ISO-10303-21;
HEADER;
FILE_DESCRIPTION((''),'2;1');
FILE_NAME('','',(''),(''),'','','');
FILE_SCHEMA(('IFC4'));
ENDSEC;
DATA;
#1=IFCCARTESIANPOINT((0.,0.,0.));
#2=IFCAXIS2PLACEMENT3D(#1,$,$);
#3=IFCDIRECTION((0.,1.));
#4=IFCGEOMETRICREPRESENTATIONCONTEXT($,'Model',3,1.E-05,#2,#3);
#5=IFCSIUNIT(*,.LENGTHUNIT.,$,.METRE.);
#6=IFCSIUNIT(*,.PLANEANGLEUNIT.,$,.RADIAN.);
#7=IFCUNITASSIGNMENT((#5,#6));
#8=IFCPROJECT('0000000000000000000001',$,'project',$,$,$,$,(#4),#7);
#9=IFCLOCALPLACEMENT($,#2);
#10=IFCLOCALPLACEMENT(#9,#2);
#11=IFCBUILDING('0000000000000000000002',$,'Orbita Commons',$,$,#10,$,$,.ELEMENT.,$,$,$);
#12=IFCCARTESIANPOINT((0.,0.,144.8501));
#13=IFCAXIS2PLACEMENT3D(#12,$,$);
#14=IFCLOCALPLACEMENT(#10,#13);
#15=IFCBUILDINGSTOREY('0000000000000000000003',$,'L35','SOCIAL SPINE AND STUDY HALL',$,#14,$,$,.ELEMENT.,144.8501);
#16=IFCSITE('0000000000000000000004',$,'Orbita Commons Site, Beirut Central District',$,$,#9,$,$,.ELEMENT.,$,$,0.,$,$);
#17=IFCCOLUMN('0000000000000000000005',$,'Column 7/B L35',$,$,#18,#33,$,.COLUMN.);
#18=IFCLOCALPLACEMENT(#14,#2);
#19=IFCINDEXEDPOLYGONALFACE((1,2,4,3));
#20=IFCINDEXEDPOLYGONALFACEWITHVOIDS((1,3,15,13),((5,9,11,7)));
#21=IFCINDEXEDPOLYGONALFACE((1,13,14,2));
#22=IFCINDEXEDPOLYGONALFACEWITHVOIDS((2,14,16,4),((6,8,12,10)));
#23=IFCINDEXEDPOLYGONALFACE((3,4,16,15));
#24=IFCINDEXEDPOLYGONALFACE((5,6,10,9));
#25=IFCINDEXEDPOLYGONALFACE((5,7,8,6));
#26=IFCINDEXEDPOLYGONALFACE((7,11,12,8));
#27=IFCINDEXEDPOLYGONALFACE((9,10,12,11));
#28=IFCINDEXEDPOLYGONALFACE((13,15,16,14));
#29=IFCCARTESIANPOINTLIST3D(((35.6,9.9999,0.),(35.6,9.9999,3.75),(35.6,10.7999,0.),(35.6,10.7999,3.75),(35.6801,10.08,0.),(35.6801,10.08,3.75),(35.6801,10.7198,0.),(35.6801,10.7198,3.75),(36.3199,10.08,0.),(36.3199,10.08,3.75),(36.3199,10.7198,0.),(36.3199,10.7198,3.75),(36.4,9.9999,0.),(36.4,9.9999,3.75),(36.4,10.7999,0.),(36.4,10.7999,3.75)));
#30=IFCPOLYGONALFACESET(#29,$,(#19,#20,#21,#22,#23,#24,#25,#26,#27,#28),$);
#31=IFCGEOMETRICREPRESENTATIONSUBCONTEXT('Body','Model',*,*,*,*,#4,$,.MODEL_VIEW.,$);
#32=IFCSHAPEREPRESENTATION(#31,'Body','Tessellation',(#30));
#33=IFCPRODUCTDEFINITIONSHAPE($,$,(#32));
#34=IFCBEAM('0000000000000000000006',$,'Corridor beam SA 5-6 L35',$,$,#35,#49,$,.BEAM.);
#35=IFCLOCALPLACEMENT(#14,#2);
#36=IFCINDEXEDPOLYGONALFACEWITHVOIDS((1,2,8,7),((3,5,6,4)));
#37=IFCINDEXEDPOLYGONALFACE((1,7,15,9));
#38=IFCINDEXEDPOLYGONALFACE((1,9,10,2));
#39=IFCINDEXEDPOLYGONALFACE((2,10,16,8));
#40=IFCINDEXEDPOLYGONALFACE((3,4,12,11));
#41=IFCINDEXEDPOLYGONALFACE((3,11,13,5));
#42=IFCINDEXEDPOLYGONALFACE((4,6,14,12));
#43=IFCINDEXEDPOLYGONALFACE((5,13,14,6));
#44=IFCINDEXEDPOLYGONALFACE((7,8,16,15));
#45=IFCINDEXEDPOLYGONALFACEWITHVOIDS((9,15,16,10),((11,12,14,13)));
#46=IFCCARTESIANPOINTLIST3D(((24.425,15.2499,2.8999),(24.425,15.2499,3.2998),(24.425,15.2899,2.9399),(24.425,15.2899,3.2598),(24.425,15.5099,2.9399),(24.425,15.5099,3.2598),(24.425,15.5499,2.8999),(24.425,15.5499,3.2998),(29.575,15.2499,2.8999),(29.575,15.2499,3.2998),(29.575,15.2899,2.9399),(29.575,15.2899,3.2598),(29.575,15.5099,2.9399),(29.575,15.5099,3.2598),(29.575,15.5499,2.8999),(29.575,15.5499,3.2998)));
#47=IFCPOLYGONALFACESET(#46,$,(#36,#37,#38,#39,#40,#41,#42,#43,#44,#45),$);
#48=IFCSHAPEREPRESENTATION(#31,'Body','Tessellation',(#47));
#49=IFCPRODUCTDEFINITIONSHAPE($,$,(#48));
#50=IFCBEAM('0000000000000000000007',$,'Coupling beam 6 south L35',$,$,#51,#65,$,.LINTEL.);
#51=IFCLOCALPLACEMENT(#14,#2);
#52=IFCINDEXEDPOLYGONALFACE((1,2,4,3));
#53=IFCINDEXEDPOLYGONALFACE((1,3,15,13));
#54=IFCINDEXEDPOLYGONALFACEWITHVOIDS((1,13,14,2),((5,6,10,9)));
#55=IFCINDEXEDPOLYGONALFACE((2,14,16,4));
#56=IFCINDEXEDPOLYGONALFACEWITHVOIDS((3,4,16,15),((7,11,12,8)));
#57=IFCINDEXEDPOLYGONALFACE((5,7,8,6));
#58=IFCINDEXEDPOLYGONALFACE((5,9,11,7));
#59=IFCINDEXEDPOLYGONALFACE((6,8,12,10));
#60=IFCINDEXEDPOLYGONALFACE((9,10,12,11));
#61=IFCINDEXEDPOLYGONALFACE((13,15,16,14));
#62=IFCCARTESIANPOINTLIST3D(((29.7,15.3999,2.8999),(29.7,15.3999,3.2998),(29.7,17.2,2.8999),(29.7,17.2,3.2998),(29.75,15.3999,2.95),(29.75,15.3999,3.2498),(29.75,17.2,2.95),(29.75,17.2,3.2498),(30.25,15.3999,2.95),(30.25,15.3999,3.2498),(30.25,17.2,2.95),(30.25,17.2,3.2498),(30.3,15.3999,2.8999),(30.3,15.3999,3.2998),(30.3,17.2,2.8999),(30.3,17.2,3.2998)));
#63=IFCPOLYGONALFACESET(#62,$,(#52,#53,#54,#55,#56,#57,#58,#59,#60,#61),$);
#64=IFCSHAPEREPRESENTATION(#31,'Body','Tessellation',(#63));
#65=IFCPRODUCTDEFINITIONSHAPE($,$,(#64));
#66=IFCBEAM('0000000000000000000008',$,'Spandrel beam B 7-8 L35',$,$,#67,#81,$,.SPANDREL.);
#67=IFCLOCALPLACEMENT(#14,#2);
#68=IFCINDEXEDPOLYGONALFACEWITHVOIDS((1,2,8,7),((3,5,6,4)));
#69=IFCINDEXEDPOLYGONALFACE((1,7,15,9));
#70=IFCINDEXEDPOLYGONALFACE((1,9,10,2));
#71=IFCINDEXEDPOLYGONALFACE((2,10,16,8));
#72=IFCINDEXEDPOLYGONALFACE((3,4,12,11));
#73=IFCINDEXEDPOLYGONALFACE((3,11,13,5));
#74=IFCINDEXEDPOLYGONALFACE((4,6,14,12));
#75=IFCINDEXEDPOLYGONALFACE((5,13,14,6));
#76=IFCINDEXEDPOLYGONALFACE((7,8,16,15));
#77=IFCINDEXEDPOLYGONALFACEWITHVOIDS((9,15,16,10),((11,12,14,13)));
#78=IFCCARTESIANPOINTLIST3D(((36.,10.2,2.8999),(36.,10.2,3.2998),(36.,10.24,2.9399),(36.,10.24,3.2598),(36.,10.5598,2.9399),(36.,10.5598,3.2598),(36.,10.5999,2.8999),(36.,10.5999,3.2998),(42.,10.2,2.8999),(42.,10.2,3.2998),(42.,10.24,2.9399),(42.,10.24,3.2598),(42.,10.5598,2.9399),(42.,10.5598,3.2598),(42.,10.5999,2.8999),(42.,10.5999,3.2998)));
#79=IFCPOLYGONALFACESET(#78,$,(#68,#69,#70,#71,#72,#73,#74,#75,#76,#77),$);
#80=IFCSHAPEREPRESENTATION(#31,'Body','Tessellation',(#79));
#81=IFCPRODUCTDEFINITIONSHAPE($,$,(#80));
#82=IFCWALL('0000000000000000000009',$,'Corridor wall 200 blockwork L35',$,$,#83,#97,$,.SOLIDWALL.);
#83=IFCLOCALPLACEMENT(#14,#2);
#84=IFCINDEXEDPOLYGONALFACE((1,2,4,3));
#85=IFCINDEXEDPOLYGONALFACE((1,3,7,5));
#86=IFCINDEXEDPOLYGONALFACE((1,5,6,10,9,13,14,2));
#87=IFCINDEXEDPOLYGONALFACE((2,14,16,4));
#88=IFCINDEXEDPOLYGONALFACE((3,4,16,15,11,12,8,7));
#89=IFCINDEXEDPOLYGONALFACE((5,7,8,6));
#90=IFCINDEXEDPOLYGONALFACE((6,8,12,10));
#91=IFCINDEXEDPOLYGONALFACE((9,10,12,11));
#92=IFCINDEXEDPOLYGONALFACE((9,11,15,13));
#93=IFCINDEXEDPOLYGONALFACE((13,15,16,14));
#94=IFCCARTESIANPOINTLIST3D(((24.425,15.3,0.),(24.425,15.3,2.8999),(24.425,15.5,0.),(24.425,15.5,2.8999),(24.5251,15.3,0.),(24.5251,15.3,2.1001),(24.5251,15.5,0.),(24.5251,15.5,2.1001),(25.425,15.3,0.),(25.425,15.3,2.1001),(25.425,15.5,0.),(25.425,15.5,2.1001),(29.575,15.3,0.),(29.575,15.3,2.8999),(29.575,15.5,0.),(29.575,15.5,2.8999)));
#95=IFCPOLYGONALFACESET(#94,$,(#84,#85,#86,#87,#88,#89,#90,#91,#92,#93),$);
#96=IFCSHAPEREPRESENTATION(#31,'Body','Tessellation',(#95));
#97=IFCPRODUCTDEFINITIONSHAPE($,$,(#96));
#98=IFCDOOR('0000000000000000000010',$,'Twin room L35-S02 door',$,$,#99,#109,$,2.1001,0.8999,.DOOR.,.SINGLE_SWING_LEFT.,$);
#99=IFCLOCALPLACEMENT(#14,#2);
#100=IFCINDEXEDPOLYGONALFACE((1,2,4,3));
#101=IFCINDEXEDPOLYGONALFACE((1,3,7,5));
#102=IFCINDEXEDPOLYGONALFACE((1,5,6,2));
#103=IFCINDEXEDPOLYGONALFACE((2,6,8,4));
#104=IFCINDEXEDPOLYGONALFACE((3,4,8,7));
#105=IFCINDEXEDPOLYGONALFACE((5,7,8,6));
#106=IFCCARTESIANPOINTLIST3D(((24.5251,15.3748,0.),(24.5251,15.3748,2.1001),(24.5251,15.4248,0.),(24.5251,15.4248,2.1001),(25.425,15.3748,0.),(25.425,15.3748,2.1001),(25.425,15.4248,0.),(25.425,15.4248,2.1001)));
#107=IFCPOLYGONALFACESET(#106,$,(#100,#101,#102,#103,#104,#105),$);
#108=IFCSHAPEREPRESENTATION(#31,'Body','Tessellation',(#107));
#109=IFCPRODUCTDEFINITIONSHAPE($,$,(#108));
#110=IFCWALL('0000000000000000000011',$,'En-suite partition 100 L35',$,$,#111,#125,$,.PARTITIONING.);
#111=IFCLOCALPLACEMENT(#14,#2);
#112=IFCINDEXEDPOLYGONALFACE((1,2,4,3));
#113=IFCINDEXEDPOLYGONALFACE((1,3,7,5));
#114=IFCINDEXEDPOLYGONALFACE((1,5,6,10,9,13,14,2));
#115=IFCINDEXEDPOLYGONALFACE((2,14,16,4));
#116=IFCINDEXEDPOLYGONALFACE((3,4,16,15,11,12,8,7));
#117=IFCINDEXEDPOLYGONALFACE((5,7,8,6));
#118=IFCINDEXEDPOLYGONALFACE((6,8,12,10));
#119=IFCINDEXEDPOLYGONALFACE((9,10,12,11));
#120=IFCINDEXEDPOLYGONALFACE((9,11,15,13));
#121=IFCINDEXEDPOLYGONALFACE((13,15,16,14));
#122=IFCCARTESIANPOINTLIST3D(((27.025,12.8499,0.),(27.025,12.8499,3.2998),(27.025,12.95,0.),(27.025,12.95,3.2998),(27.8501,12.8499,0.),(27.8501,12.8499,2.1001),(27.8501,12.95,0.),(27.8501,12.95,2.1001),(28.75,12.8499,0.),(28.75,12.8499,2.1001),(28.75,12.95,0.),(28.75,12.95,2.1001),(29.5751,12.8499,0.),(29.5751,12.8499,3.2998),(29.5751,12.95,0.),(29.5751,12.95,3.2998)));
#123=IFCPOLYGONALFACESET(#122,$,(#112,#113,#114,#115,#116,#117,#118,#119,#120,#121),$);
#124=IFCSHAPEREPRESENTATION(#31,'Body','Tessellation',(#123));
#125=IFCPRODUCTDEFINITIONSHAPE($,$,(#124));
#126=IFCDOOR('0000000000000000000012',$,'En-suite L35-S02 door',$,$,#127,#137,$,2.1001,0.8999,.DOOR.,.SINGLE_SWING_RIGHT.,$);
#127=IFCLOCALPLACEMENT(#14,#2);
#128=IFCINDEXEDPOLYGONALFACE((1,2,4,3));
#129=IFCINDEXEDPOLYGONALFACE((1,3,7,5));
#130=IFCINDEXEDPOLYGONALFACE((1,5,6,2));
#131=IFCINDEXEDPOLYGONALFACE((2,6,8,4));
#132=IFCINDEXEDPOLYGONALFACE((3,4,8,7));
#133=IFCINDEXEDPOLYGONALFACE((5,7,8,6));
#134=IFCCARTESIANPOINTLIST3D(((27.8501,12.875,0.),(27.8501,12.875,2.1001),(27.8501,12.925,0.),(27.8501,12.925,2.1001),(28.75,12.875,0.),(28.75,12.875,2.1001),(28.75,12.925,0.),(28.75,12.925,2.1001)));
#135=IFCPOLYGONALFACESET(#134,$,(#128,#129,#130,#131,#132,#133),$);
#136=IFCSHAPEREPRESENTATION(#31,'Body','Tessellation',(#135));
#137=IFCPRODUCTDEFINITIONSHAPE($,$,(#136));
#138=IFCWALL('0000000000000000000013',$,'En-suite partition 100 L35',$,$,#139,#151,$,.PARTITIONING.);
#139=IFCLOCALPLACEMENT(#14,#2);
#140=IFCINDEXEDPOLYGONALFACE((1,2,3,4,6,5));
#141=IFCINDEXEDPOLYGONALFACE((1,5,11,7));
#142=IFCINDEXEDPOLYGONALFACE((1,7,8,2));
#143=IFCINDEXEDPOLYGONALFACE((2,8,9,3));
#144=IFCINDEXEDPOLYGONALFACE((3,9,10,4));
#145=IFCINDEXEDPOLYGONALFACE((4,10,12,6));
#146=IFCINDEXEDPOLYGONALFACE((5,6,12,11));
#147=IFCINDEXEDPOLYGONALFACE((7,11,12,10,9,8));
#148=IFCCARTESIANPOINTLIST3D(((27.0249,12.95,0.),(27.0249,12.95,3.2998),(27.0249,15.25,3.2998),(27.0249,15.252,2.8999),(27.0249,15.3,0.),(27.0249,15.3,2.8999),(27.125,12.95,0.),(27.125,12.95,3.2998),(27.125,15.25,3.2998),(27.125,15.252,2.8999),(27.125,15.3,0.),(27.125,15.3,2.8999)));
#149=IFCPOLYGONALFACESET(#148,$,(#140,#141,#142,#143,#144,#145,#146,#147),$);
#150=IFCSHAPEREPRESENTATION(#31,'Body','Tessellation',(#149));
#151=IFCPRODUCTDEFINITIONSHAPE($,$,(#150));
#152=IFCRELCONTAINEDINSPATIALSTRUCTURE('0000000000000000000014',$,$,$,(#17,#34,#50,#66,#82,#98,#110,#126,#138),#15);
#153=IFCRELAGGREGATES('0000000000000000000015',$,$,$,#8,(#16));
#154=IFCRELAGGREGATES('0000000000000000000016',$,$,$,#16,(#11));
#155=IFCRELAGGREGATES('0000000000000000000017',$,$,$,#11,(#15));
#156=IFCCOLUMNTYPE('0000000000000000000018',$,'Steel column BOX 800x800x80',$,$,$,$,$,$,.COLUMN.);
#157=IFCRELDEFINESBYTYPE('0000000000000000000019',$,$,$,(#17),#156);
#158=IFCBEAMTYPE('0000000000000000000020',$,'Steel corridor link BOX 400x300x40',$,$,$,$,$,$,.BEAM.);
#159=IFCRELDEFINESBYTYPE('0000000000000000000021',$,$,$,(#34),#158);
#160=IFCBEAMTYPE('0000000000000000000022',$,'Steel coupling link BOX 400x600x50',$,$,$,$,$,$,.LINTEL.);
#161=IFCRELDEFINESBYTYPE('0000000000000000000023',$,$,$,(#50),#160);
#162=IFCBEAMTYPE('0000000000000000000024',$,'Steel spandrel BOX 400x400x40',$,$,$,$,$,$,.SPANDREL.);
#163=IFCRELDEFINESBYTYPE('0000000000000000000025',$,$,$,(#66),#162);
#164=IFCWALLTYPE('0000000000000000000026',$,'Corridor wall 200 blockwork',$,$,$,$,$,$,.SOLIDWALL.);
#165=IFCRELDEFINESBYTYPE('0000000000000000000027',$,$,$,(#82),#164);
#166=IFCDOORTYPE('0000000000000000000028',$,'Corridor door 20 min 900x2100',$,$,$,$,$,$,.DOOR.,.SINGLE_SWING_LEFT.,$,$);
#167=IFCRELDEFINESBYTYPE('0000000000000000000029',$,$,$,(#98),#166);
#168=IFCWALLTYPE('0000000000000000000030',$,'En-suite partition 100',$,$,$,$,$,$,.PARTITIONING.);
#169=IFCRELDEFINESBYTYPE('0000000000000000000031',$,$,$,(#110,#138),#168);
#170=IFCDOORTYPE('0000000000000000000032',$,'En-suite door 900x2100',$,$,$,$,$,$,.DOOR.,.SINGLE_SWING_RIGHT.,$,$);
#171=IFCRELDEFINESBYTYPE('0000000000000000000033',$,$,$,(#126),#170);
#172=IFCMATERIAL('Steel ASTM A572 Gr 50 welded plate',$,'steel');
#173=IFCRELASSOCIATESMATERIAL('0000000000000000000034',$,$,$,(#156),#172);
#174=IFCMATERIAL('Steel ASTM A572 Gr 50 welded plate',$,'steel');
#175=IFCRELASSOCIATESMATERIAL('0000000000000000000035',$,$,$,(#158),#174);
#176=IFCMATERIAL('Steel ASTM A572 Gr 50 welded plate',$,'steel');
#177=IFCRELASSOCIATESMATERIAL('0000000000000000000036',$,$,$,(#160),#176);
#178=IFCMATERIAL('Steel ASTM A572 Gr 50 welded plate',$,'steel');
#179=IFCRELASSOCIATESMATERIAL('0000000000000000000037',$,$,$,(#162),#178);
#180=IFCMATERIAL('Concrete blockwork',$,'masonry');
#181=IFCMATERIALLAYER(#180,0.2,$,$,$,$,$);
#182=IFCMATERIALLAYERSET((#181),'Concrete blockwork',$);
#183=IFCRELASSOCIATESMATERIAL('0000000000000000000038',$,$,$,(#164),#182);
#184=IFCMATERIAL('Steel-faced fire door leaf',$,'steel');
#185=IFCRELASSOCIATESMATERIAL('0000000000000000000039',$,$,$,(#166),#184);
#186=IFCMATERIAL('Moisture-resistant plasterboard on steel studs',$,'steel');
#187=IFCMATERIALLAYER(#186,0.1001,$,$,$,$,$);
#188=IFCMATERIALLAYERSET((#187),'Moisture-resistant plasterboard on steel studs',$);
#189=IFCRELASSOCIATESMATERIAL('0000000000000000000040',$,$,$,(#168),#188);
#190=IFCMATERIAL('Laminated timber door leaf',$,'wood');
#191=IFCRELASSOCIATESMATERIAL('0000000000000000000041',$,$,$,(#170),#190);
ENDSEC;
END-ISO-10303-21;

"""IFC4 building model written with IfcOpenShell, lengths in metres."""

from ifc_helpers import new_model, si_unit, direction, frame, frame_2d, origin, origin_2d, place, context, subcontext, project, spatial, polyline, rectangle, hollow_rectangle, outline, extrude, material, layer, layer_set, material_profile, profile_set, type_object, element, fill, save


model = new_model("IFC4")

# Units and contexts
model_context = context("Model", 3, precision=1e-05, world=origin(), true_north=direction((0.0, 1.0)))
body_context = subcontext(model_context, "Body", "Model", "MODEL_VIEW")
ifc_project = project(units=[si_unit("LENGTHUNIT", "METRE"), si_unit("PLANEANGLEUNIT", "RADIAN")], contexts=[model_context])

# Site, building, storey
site_placement = place(None, origin())
site = spatial("IfcSite", under=ifc_project, at=site_placement, Name="Orbita Commons Site, Beirut Central District", CompositionType="ELEMENT", RefElevation=0.0)
building_placement = place(site_placement, origin())
building = spatial("IfcBuilding", under=site, at=building_placement, Name="Orbita Commons", CompositionType="ELEMENT")
storey_placement = place(building_placement, frame((0.0, 0.0, 144.8501)))
storey = spatial("IfcBuildingStorey", under=building, at=storey_placement, Name="L35", Description="SOCIAL SPINE AND STUDY HALL", CompositionType="ELEMENT", Elevation=144.8501)

# Column
ifc_material_1 = material(Name="Steel ASTM A572 Gr 50 welded plate", Category="steel")
ifc_material_profile_1 = material_profile(ifc_material_1, hollow_rectangle(XDim=0.8, YDim=0.8, WallThickness=0.0801, at=origin_2d()), Name="BOX 800x800x80")
ifc_profile_set_1 = profile_set([ifc_material_profile_1], Name="Steel ASTM A572 Gr 50 welded plate")
column_type = type_object("IfcColumnType", Name="Steel column BOX 800x800x80", PredefinedType="COLUMN", material=ifc_profile_set_1)
column_placement = place(storey_placement, frame((36.0, 10.3999, 0.0), z_axis=(0.0, 0.0, 1.0), x_axis=(1.0, 0.0, 0.0)))
element("IfcColumn", 1, at=column_placement, inside=storey, type_object=column_type, Name="Column 7/B L35", PredefinedType="COLUMN", context=body_context, shape_type="SweptSolid", body=[
    extrude(hollow_rectangle(XDim=0.8, YDim=0.8, WallThickness=0.0801, at=origin_2d()), origin(), (0.0, 0.0, 1.0), 3.75),
])

# Beams
ifc_material_2 = material(Name="Steel ASTM A572 Gr 50 welded plate", Category="steel")
ifc_material_profile_2 = material_profile(ifc_material_2, hollow_rectangle(XDim=0.3, YDim=0.3999, WallThickness=0.04, at=origin_2d()), Name="BOX 400x300x40")
ifc_profile_set_2 = profile_set([ifc_material_profile_2], Name="Steel ASTM A572 Gr 50 welded plate")
beam_type_1 = type_object("IfcBeamType", Name="Steel corridor link BOX 400x300x40", PredefinedType="BEAM", material=ifc_profile_set_2)
beam_1_placement = place(storey_placement, frame((24.425, 15.3999, 3.0999), z_axis=(1.0, 0.0, 0.0), x_axis=(0.0, 1.0, 0.0)))
element("IfcBeam", 2, at=beam_1_placement, inside=storey, type_object=beam_type_1, Name="Corridor beam SA 5-6 L35", PredefinedType="BEAM", context=body_context, shape_type="SweptSolid", body=[
    extrude(hollow_rectangle(XDim=0.3, YDim=0.3999, WallThickness=0.04, at=origin_2d()), origin(), (0.0, 0.0, 1.0), 5.1499),
])
ifc_material_3 = material(Name="Steel ASTM A572 Gr 50 welded plate", Category="steel")
ifc_material_profile_3 = material_profile(ifc_material_3, hollow_rectangle(XDim=0.6001, YDim=0.3999, WallThickness=0.05, at=origin_2d()), Name="BOX 400x600x50")
ifc_profile_set_3 = profile_set([ifc_material_profile_3], Name="Steel ASTM A572 Gr 50 welded plate")
beam_type_2 = type_object("IfcBeamType", Name="Steel coupling link BOX 400x600x50", PredefinedType="LINTEL", material=ifc_profile_set_3)
beam_2_placement = place(storey_placement, frame((30.0, 15.3999, 3.0999), z_axis=(0.0, 1.0, 0.0), x_axis=(-1.0, 0.0, 0.0)))
element("IfcBeam", 3, at=beam_2_placement, inside=storey, type_object=beam_type_2, Name="Coupling beam 6 south L35", PredefinedType="LINTEL", context=body_context, shape_type="SweptSolid", body=[
    extrude(hollow_rectangle(XDim=0.6001, YDim=0.3999, WallThickness=0.05, at=origin_2d()), origin(), (0.0, 0.0, 1.0), 1.8),
])
ifc_material_4 = material(Name="Steel ASTM A572 Gr 50 welded plate", Category="steel")
ifc_material_profile_4 = material_profile(ifc_material_4, hollow_rectangle(XDim=0.3999, YDim=0.3999, WallThickness=0.04, at=origin_2d()), Name="BOX 400x400x40")
ifc_profile_set_4 = profile_set([ifc_material_profile_4], Name="Steel ASTM A572 Gr 50 welded plate")
beam_type_3 = type_object("IfcBeamType", Name="Steel spandrel BOX 400x400x40", PredefinedType="SPANDREL", material=ifc_profile_set_4)
beam_3_placement = place(storey_placement, frame((36.0, 10.3999, 3.0999), z_axis=(1.0, 0.0, 0.0), x_axis=(0.0, 1.0, 0.0)))
element("IfcBeam", 4, at=beam_3_placement, inside=storey, type_object=beam_type_3, Name="Spandrel beam B 7-8 L35", PredefinedType="SPANDREL", context=body_context, shape_type="SweptSolid", body=[
    extrude(hollow_rectangle(XDim=0.3999, YDim=0.3999, WallThickness=0.04, at=origin_2d()), origin(), (0.0, 0.0, 1.0), 6.0),
])

# Walls, openings, doors
ifc_material_5 = material(Name="Concrete blockwork", Category="masonry")
ifc_layer_1 = layer(ifc_material_5, 0.2)
ifc_layer_set_1 = layer_set([ifc_layer_1], Name="Concrete blockwork")
wall_type_1 = type_object("IfcWallType", Name="Corridor wall 200 blockwork", PredefinedType="SOLIDWALL", material=ifc_layer_set_1)
wall_1_placement = place(storey_placement, frame((24.425, 15.3999, 0.0), z_axis=(0.0, 0.0, 1.0), x_axis=(1.0, 0.0, 0.0)))
wall_1 = element("IfcWall", 5, at=wall_1_placement, inside=storey, type_object=wall_type_1, Name="Corridor wall 200 blockwork L35", PredefinedType="SOLIDWALL", context=body_context, shape_type="SweptSolid", body=[
    extrude(outline(polyline([(0.0, 0.0), (5.1499, 0.0), (5.1499, 2.8999), (0.0, 2.8999), (0.0, 0.0)])), frame((0.0, 0.1001, 0.0), z_axis=(0.0, -1.0, 0.0), x_axis=(1.0, 0.0, 0.0)), (0.0, 0.0, 1.0), 0.2),
])
opening_1_placement = place(wall_1_placement, frame((0.1001, 0.0, 0.0)))
opening_1 = element("IfcOpeningElement", 6, at=opening_1_placement, cuts=wall_1, PredefinedType="OPENING", context=body_context, shape_type="SweptSolid", body=[
    extrude(rectangle(XDim=0.8999, YDim=2.1001, at=frame_2d((0.45, 1.05))), frame((0.0, 0.1099, 0.0), z_axis=(0.0, -1.0, 0.0), x_axis=(1.0, 0.0, 0.0)), (0.0, 0.0, 1.0), 0.22),
])
ifc_material_6 = material(Name="Steel-faced fire door leaf", Category="steel")
door_type_1 = type_object("IfcDoorType", Name="Corridor door 20 min 900x2100", OperationType="SINGLE_SWING_LEFT", PredefinedType="DOOR", material=ifc_material_6)
door_1_placement = place(opening_1_placement, origin())
door_1 = element("IfcDoor", 7, at=door_1_placement, inside=storey, type_object=door_type_1, Name="Twin room L35-S02 door", OperationType="SINGLE_SWING_LEFT", OverallHeight=2.1001, OverallWidth=0.8999, PredefinedType="DOOR", context=body_context, shape_type="SweptSolid", body=[
    extrude(rectangle(XDim=0.8999, YDim=2.1001, at=frame_2d((0.45, 1.05))), frame((0.0, 0.0249, 0.0), z_axis=(0.0, -1.0, 0.0), x_axis=(1.0, 0.0, 0.0)), (0.0, 0.0, 1.0), 0.05),
])
fill(opening_1, door_1)
ifc_material_7 = material(Name="Moisture-resistant plasterboard on steel studs", Category="steel")
ifc_layer_2 = layer(ifc_material_7, 0.1001)
ifc_layer_set_2 = layer_set([ifc_layer_2], Name="Moisture-resistant plasterboard on steel studs")
wall_type_2 = type_object("IfcWallType", Name="En-suite partition 100", PredefinedType="PARTITIONING", material=ifc_layer_set_2)
wall_2_placement = place(storey_placement, frame((29.575, 12.8999, 0.0), z_axis=(0.0, 0.0, 1.0), x_axis=(-1.0, 0.0, 0.0)))
wall_2 = element("IfcWall", 8, at=wall_2_placement, inside=storey, type_object=wall_type_2, Name="En-suite partition 100 L35", PredefinedType="PARTITIONING", context=body_context, shape_type="SweptSolid", body=[
    extrude(rectangle(XDim=2.55, YDim=0.1001, at=frame_2d((1.2749, 0.0))), origin(), (0.0, 0.0, 1.0), 3.2998),
])
opening_2_placement = place(wall_2_placement, frame((0.825, 0.0, 0.0)))
opening_2 = element("IfcOpeningElement", 9, at=opening_2_placement, cuts=wall_2, PredefinedType="OPENING", context=body_context, shape_type="SweptSolid", body=[
    extrude(rectangle(XDim=0.8999, YDim=2.1001, at=frame_2d((0.45, 1.05))), frame((0.0, 0.0601, 0.0), z_axis=(0.0, -1.0, 0.0), x_axis=(1.0, 0.0, 0.0)), (0.0, 0.0, 1.0), 0.1201),
])
ifc_material_8 = material(Name="Laminated timber door leaf", Category="wood")
door_type_2 = type_object("IfcDoorType", Name="En-suite door 900x2100", OperationType="SINGLE_SWING_RIGHT", PredefinedType="DOOR", material=ifc_material_8)
door_2_placement = place(opening_2_placement, origin())
door_2 = element("IfcDoor", 10, at=door_2_placement, inside=storey, type_object=door_type_2, Name="En-suite L35-S02 door", OperationType="SINGLE_SWING_RIGHT", OverallHeight=2.1001, OverallWidth=0.8999, PredefinedType="DOOR", context=body_context, shape_type="SweptSolid", body=[
    extrude(rectangle(XDim=0.8999, YDim=2.1001, at=frame_2d((0.45, 1.05))), frame((0.0, 0.0249, 0.0), z_axis=(0.0, -1.0, 0.0), x_axis=(1.0, 0.0, 0.0)), (0.0, 0.0, 1.0), 0.05),
])
fill(opening_2, door_2)

# Wall
wall_3_placement = place(storey_placement, frame((27.075, 12.95, 0.0), z_axis=(0.0, 0.0, 1.0), x_axis=(0.0, 1.0, 0.0)))
element("IfcWall", 11, at=wall_3_placement, inside=storey, type_object=wall_type_2, Name="En-suite partition 100 L35", PredefinedType="PARTITIONING", context=body_context, shape_type="SweptSolid", body=[
    extrude(outline(polyline([(0.0, 0.0), (2.3501, 0.0), (2.3501, 2.8999), (2.302, 2.8999), (2.3, 3.2998), (0.0, 3.2998), (0.0, 0.0)])), frame((0.0, 0.05, 0.0), z_axis=(0.0, -1.0, 0.0), x_axis=(1.0, 0.0, 0.0)), (0.0, 0.0, 1.0), 0.1001),
])

save(model, "model.ifc")
